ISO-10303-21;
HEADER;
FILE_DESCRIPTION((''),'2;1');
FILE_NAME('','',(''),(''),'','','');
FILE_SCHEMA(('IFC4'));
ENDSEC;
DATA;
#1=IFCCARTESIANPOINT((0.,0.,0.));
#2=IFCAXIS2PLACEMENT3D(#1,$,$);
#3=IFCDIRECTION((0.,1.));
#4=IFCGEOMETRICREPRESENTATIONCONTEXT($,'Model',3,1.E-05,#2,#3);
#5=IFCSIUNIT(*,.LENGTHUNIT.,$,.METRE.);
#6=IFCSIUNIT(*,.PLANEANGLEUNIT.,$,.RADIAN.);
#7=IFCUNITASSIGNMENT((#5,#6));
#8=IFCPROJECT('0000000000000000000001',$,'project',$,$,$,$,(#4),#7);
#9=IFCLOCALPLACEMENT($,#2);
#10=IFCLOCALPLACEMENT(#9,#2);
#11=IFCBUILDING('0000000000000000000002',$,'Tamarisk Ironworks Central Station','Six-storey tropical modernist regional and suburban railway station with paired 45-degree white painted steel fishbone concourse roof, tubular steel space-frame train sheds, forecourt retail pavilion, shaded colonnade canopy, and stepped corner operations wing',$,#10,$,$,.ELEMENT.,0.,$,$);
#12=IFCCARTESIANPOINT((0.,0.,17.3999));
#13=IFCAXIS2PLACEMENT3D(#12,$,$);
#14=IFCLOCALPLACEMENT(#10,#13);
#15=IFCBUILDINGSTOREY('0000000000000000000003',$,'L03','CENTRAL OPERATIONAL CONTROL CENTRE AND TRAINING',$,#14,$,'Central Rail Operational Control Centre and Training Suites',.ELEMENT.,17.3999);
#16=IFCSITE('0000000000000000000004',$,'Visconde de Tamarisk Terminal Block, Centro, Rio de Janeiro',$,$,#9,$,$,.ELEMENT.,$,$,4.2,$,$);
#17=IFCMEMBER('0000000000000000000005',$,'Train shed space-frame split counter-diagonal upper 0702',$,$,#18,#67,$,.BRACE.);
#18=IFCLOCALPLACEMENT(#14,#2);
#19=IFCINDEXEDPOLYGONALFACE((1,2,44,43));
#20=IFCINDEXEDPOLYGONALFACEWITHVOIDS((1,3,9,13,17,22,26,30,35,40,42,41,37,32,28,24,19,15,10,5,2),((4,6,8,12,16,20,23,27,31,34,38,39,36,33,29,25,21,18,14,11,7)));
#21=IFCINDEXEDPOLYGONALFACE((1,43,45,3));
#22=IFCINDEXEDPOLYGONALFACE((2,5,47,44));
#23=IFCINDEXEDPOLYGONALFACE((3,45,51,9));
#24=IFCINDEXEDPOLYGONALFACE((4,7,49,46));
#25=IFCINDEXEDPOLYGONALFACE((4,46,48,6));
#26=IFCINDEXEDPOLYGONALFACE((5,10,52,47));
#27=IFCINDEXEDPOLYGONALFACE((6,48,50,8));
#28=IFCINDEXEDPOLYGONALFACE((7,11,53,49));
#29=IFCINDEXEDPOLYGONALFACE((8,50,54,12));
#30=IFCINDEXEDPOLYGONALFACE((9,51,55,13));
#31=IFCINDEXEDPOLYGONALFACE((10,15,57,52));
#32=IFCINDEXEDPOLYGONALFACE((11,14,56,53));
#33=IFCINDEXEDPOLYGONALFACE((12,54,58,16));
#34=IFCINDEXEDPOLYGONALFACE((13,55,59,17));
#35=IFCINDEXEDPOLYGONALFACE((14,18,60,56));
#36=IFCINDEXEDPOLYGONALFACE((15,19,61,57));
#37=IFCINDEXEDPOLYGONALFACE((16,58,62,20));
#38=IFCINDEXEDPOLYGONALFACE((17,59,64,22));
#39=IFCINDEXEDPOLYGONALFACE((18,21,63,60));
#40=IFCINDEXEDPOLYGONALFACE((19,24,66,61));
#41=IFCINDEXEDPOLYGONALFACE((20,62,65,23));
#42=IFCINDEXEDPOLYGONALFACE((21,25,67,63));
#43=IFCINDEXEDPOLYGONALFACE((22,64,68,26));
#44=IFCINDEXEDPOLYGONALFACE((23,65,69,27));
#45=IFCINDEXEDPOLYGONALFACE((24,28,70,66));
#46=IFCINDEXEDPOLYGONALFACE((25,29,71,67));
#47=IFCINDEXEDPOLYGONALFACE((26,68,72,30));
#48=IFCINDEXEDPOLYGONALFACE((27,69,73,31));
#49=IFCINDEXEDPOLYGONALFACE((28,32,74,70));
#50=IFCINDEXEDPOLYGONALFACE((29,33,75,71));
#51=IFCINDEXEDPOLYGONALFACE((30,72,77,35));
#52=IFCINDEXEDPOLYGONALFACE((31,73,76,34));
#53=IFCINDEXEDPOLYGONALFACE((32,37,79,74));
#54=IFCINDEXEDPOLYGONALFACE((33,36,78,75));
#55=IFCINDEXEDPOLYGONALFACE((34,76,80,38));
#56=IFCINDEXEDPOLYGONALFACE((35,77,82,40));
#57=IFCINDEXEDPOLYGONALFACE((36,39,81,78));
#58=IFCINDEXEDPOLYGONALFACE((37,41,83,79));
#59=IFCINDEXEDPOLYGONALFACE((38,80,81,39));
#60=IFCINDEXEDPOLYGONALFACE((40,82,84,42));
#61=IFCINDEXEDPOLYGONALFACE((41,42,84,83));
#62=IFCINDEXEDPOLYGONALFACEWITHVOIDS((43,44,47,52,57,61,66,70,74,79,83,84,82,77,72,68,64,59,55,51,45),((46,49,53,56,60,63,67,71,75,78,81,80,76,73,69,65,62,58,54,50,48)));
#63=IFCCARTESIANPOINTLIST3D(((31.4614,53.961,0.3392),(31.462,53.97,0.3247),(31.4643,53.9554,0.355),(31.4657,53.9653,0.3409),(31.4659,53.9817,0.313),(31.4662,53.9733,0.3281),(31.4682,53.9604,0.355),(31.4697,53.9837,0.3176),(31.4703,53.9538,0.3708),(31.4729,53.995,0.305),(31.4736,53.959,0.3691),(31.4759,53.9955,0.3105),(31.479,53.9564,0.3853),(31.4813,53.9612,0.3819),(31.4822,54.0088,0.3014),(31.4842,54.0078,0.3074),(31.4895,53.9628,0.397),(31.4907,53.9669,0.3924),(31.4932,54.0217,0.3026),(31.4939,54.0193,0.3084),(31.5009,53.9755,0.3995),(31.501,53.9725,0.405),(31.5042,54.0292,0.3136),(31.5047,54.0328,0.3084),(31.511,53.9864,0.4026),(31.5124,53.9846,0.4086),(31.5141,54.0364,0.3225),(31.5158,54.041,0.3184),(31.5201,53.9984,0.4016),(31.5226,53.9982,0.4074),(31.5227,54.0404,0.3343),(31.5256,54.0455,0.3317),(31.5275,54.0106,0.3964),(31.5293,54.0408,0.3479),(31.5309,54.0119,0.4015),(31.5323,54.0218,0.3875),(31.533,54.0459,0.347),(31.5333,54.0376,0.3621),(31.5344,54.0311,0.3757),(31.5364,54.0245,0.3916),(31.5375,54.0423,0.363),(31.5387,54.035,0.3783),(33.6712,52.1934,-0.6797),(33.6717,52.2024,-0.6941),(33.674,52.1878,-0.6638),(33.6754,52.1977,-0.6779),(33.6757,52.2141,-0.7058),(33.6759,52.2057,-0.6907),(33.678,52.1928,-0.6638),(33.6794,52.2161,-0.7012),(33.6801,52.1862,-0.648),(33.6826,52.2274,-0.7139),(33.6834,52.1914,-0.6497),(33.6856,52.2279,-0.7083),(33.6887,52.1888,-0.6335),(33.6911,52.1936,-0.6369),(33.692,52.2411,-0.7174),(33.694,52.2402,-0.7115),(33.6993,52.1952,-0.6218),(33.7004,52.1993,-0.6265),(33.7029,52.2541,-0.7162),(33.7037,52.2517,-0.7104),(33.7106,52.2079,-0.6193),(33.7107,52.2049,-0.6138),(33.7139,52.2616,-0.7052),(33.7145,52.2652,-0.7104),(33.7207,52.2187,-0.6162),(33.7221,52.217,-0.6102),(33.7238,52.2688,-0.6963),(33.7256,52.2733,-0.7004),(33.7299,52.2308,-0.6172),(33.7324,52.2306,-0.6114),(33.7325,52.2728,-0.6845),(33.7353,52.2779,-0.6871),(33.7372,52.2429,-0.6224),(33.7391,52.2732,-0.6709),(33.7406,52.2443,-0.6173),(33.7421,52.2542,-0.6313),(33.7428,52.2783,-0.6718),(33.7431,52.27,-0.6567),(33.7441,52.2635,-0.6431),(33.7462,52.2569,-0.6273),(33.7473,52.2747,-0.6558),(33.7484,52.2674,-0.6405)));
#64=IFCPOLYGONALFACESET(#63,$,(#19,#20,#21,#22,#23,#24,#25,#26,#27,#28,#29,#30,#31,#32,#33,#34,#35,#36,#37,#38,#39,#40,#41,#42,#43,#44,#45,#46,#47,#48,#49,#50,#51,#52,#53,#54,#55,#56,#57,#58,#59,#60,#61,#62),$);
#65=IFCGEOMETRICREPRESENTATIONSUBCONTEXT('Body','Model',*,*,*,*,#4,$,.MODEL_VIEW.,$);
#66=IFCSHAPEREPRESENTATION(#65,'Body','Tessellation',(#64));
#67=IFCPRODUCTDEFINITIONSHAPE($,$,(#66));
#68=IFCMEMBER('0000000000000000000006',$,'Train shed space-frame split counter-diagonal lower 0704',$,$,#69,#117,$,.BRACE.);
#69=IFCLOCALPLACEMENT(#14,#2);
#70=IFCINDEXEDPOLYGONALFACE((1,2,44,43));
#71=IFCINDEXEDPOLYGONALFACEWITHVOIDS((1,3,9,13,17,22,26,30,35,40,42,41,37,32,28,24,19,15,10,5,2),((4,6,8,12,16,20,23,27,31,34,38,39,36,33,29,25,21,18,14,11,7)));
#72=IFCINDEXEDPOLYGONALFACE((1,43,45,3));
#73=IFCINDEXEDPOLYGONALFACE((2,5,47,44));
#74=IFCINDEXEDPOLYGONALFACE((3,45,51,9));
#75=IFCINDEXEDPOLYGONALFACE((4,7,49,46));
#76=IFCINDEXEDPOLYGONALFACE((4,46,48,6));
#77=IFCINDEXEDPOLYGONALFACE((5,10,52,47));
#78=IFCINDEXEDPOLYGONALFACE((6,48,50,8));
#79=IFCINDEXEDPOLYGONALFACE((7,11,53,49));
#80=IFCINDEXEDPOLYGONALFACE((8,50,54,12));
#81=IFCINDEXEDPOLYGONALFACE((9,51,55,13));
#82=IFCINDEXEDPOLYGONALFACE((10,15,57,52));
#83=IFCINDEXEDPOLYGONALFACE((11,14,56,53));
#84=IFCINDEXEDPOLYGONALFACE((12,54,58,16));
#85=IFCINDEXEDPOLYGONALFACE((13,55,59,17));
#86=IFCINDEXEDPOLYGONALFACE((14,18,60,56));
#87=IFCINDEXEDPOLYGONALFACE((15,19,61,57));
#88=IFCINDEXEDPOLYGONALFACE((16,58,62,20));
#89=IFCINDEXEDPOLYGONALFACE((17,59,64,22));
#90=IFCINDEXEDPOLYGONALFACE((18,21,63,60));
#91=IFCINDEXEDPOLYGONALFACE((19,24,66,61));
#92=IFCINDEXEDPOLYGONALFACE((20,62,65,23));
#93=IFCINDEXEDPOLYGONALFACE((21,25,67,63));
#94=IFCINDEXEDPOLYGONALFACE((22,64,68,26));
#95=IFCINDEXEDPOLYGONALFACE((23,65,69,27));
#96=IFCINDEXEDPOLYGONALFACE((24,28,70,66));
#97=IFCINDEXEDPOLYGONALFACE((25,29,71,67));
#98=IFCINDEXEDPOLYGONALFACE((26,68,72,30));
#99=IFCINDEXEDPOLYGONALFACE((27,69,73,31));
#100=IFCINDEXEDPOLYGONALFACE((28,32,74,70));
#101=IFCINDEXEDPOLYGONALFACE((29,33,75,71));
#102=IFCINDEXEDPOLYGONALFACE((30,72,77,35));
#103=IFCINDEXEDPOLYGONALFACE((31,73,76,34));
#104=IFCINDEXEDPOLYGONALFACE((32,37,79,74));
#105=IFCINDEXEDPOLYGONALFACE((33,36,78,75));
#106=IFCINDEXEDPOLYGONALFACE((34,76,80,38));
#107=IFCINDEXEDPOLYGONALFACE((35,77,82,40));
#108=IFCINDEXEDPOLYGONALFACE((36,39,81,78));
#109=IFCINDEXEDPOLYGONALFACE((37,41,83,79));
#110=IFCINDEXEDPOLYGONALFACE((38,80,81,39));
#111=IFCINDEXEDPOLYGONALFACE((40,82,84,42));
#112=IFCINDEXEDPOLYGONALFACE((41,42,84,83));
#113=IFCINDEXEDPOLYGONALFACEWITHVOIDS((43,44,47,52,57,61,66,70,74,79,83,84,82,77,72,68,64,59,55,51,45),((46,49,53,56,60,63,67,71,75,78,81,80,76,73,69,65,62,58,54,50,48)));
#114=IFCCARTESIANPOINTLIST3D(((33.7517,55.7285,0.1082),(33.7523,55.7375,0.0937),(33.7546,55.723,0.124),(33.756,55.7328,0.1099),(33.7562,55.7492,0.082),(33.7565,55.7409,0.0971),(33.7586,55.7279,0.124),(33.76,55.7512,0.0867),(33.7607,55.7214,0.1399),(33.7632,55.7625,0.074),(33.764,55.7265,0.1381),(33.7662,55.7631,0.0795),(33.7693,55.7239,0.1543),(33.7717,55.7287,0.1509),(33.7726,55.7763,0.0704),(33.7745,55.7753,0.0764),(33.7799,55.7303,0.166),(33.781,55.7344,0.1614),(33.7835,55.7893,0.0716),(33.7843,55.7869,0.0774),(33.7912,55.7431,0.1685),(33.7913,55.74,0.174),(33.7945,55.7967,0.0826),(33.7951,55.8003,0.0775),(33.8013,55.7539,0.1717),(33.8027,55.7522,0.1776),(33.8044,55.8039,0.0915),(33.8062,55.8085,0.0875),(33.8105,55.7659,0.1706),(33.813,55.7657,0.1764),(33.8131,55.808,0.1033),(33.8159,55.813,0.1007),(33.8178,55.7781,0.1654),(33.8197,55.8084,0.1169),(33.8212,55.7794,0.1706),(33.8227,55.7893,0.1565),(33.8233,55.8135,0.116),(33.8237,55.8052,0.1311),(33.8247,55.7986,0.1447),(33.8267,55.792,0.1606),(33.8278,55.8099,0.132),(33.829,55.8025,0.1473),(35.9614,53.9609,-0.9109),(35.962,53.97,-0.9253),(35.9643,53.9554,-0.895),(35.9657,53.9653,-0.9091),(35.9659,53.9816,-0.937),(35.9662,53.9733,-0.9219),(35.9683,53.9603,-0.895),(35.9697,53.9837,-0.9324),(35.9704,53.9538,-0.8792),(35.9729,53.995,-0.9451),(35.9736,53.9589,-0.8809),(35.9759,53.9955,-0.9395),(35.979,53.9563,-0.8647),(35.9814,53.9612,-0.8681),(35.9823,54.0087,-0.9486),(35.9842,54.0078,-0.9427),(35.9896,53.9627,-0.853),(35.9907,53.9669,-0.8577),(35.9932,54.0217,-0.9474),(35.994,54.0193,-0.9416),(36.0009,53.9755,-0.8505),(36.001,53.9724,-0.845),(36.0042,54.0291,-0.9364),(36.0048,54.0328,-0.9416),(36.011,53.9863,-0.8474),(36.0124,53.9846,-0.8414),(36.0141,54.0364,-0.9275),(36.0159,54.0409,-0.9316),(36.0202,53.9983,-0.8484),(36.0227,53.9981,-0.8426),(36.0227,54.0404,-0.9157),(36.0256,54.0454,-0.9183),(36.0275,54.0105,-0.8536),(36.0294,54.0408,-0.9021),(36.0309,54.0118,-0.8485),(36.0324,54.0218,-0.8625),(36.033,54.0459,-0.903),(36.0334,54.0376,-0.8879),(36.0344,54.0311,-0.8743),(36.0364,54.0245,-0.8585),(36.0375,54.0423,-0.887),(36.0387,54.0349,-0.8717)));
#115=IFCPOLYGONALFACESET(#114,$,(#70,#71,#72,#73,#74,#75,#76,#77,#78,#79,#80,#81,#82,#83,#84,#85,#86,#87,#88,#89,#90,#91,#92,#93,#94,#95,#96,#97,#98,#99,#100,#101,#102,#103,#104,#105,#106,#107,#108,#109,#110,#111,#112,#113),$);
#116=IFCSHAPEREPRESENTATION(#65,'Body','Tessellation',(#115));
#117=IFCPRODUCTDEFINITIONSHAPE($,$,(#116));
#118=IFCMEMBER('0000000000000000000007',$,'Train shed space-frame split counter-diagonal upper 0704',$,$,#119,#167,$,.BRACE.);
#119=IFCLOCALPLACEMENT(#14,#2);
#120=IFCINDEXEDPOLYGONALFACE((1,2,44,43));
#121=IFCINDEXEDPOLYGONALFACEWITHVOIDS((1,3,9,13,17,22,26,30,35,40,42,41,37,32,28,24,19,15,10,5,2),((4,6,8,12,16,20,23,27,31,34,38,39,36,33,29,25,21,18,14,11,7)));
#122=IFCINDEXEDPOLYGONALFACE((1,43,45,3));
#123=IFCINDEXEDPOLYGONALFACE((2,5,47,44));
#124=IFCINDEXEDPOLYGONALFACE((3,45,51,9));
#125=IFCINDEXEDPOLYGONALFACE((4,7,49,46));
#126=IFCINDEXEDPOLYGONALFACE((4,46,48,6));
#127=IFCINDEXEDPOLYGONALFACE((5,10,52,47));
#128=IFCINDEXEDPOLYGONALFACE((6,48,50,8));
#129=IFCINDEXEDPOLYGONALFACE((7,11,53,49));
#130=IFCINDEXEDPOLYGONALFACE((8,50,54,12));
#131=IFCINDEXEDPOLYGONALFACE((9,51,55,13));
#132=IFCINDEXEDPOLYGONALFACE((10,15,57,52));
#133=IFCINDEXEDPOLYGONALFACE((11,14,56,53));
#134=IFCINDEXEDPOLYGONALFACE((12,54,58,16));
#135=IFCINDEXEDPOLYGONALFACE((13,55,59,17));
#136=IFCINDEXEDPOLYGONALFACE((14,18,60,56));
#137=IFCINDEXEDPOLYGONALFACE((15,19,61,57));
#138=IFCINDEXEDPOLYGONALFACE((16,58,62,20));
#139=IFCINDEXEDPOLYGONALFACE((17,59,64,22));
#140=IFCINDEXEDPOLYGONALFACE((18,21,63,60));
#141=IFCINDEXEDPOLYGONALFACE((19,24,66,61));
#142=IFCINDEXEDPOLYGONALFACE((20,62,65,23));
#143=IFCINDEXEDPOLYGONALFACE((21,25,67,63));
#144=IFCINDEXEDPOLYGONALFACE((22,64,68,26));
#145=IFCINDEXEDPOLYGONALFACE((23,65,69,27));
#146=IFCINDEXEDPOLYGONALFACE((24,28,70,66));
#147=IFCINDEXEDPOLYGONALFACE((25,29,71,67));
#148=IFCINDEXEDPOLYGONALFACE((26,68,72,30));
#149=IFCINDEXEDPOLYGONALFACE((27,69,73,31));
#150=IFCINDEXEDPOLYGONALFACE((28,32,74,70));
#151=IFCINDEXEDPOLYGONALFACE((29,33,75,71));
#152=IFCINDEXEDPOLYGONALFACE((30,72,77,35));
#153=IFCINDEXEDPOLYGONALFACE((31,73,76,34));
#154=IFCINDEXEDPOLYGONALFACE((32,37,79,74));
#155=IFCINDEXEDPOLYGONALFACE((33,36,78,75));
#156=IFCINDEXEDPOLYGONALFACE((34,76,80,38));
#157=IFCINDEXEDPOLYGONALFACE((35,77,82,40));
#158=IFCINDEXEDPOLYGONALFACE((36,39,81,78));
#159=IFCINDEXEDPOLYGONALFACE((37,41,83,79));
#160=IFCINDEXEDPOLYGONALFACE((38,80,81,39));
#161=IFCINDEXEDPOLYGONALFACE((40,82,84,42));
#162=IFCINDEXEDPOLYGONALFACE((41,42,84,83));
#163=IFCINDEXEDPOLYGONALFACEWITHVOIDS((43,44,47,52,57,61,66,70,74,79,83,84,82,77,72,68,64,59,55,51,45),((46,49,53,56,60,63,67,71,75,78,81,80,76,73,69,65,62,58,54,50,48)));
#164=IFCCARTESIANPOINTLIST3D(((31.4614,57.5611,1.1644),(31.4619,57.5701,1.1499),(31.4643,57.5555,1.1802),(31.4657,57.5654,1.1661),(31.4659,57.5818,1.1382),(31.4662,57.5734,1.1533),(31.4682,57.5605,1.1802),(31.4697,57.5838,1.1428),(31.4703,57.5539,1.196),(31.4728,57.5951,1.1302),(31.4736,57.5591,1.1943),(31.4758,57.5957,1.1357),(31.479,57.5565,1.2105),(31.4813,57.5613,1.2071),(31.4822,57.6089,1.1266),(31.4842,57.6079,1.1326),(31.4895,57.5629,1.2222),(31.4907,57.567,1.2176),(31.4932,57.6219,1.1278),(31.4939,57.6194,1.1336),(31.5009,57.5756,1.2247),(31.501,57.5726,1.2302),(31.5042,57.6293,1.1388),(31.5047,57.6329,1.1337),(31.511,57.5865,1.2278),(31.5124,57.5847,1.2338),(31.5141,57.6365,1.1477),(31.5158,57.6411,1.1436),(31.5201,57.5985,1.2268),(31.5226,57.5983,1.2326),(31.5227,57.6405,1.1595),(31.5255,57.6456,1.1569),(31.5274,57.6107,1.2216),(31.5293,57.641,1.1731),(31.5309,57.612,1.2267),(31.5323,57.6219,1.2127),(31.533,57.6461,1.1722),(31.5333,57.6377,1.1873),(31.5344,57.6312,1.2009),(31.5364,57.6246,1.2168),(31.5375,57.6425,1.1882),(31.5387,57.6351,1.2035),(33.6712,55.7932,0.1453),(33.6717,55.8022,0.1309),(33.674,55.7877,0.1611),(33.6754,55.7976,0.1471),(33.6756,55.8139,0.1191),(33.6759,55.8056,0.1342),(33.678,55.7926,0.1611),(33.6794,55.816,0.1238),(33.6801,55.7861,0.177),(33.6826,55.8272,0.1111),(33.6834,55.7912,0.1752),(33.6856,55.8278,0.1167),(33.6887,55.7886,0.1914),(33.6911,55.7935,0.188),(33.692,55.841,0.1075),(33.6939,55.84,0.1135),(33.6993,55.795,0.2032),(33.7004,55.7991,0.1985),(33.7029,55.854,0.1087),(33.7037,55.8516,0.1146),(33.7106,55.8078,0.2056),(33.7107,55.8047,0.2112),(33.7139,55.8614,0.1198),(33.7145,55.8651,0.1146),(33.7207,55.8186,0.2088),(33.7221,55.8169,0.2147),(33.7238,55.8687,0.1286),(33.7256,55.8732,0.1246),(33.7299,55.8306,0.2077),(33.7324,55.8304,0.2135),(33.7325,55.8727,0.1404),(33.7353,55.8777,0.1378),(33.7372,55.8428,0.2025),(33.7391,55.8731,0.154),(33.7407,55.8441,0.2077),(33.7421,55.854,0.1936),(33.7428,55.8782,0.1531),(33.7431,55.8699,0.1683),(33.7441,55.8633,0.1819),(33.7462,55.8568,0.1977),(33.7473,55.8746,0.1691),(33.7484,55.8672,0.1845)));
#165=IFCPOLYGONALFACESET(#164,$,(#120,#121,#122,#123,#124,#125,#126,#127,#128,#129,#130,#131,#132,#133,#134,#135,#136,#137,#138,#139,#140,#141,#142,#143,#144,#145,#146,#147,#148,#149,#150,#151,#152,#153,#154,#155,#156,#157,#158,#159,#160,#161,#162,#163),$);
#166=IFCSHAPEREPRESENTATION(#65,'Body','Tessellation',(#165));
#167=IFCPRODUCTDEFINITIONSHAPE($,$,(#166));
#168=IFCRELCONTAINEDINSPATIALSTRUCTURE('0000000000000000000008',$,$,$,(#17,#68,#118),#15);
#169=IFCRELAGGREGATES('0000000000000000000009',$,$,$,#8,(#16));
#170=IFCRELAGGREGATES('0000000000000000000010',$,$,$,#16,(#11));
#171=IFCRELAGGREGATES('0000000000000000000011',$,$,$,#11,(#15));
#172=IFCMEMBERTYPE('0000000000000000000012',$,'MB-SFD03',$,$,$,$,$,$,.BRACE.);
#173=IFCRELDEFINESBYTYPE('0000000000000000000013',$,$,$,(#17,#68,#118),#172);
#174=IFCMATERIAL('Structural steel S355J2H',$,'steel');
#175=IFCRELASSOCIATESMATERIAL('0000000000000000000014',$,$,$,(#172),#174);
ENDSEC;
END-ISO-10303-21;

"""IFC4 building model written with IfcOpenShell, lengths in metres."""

from ifc_helpers import new_model, si_unit, direction, frame, origin, origin_2d, place, context, subcontext, project, spatial, hollow_circle, extrude, material, material_profile, profile_set, type_object, element, save


model = new_model("IFC4")

# Units and contexts
model_context = context("Model", 3, precision=1e-05, world=origin(), true_north=direction((0.0, 1.0)))
body_context = subcontext(model_context, "Body", "Model", "MODEL_VIEW")
ifc_project = project(units=[si_unit("LENGTHUNIT", "METRE"), si_unit("PLANEANGLEUNIT", "RADIAN")], contexts=[model_context])

# Site, building, storey
site_placement = place(None, origin())
site = spatial("IfcSite", under=ifc_project, at=site_placement, Name="Visconde de Tamarisk Terminal Block, Centro, Rio de Janeiro", CompositionType="ELEMENT", RefElevation=4.2)
building_placement = place(site_placement, origin())
building = spatial("IfcBuilding", under=site, at=building_placement, Name="Tamarisk Ironworks Central Station", Description="Six-storey tropical modernist regional and suburban railway station with paired 45-degree white painted steel fishbone concourse roof, tubular steel space-frame train sheds, forecourt retail pavilion, shaded colonnade canopy, and stepped corner operations wing", CompositionType="ELEMENT", ElevationOfRefHeight=0.0)
storey_placement = place(building_placement, frame((0.0, 0.0, 17.3999)))
storey = spatial("IfcBuildingStorey", under=building, at=storey_placement, Name="L03", Description="CENTRAL OPERATIONAL CONTROL CENTRE AND TRAINING", LongName="Central Rail Operational Control Centre and Training Suites", CompositionType="ELEMENT", Elevation=17.3999)

# Members
ifc_material_1 = material(Name="Structural steel S355J2H", Category="steel")
ifc_material_profile_1 = material_profile(ifc_material_1, hollow_circle(Radius=0.0571, WallThickness=0.0063, at=origin_2d()), Name="CHS 114.3x6.3")
ifc_profile_set_1 = profile_set([ifc_material_profile_1], Name="Structural steel S355J2H")
member_type_1 = type_object("IfcMemberType", Name="MB-SFD03", PredefinedType="BRACE", material=ifc_profile_set_1)
for number, where, z_axis, x_axis, name in (
    (1, (33.7097, 52.2324, -0.6638), (-0.734732, 0.587721, 0.338751), (-0.624653, -0.780902, 0.0), "Train shed space-frame split counter-diagonal upper 0702"),
    (2, (36.0, 54.0, -0.895), (-0.734712, 0.587705, 0.338823), (-0.624653, -0.780902, 0.0), "Train shed space-frame split counter-diagonal lower 0704"),
):
    element("IfcMember", number, at=place(storey_placement, frame(where, z_axis=z_axis, x_axis=x_axis)), inside=storey, type_object=member_type_1, Name=name, PredefinedType="BRACE", context=body_context, shape_type="SweptSolid", body=[
        extrude(hollow_circle(Radius=0.0571, WallThickness=0.0063, at=origin_2d()), origin(), (0.0, 0.0, 1.0), 3.0076),
    ])
member_1_placement = place(storey_placement, frame((33.7097, 55.8323, 0.1611), z_axis=(-0.734677, 0.587758, 0.338807), x_axis=(-0.624706, -0.78086, 0.0)))
element("IfcMember", 3, at=member_1_placement, inside=storey, type_object=member_type_1, Name="Train shed space-frame split counter-diagonal upper 0704", PredefinedType="BRACE", context=body_context, shape_type="SweptSolid", body=[
    extrude(hollow_circle(Radius=0.0571, WallThickness=0.0063, at=origin_2d()), origin(), (0.0, 0.0, 1.0), 3.0078),
])

save(model, "model.ifc")
